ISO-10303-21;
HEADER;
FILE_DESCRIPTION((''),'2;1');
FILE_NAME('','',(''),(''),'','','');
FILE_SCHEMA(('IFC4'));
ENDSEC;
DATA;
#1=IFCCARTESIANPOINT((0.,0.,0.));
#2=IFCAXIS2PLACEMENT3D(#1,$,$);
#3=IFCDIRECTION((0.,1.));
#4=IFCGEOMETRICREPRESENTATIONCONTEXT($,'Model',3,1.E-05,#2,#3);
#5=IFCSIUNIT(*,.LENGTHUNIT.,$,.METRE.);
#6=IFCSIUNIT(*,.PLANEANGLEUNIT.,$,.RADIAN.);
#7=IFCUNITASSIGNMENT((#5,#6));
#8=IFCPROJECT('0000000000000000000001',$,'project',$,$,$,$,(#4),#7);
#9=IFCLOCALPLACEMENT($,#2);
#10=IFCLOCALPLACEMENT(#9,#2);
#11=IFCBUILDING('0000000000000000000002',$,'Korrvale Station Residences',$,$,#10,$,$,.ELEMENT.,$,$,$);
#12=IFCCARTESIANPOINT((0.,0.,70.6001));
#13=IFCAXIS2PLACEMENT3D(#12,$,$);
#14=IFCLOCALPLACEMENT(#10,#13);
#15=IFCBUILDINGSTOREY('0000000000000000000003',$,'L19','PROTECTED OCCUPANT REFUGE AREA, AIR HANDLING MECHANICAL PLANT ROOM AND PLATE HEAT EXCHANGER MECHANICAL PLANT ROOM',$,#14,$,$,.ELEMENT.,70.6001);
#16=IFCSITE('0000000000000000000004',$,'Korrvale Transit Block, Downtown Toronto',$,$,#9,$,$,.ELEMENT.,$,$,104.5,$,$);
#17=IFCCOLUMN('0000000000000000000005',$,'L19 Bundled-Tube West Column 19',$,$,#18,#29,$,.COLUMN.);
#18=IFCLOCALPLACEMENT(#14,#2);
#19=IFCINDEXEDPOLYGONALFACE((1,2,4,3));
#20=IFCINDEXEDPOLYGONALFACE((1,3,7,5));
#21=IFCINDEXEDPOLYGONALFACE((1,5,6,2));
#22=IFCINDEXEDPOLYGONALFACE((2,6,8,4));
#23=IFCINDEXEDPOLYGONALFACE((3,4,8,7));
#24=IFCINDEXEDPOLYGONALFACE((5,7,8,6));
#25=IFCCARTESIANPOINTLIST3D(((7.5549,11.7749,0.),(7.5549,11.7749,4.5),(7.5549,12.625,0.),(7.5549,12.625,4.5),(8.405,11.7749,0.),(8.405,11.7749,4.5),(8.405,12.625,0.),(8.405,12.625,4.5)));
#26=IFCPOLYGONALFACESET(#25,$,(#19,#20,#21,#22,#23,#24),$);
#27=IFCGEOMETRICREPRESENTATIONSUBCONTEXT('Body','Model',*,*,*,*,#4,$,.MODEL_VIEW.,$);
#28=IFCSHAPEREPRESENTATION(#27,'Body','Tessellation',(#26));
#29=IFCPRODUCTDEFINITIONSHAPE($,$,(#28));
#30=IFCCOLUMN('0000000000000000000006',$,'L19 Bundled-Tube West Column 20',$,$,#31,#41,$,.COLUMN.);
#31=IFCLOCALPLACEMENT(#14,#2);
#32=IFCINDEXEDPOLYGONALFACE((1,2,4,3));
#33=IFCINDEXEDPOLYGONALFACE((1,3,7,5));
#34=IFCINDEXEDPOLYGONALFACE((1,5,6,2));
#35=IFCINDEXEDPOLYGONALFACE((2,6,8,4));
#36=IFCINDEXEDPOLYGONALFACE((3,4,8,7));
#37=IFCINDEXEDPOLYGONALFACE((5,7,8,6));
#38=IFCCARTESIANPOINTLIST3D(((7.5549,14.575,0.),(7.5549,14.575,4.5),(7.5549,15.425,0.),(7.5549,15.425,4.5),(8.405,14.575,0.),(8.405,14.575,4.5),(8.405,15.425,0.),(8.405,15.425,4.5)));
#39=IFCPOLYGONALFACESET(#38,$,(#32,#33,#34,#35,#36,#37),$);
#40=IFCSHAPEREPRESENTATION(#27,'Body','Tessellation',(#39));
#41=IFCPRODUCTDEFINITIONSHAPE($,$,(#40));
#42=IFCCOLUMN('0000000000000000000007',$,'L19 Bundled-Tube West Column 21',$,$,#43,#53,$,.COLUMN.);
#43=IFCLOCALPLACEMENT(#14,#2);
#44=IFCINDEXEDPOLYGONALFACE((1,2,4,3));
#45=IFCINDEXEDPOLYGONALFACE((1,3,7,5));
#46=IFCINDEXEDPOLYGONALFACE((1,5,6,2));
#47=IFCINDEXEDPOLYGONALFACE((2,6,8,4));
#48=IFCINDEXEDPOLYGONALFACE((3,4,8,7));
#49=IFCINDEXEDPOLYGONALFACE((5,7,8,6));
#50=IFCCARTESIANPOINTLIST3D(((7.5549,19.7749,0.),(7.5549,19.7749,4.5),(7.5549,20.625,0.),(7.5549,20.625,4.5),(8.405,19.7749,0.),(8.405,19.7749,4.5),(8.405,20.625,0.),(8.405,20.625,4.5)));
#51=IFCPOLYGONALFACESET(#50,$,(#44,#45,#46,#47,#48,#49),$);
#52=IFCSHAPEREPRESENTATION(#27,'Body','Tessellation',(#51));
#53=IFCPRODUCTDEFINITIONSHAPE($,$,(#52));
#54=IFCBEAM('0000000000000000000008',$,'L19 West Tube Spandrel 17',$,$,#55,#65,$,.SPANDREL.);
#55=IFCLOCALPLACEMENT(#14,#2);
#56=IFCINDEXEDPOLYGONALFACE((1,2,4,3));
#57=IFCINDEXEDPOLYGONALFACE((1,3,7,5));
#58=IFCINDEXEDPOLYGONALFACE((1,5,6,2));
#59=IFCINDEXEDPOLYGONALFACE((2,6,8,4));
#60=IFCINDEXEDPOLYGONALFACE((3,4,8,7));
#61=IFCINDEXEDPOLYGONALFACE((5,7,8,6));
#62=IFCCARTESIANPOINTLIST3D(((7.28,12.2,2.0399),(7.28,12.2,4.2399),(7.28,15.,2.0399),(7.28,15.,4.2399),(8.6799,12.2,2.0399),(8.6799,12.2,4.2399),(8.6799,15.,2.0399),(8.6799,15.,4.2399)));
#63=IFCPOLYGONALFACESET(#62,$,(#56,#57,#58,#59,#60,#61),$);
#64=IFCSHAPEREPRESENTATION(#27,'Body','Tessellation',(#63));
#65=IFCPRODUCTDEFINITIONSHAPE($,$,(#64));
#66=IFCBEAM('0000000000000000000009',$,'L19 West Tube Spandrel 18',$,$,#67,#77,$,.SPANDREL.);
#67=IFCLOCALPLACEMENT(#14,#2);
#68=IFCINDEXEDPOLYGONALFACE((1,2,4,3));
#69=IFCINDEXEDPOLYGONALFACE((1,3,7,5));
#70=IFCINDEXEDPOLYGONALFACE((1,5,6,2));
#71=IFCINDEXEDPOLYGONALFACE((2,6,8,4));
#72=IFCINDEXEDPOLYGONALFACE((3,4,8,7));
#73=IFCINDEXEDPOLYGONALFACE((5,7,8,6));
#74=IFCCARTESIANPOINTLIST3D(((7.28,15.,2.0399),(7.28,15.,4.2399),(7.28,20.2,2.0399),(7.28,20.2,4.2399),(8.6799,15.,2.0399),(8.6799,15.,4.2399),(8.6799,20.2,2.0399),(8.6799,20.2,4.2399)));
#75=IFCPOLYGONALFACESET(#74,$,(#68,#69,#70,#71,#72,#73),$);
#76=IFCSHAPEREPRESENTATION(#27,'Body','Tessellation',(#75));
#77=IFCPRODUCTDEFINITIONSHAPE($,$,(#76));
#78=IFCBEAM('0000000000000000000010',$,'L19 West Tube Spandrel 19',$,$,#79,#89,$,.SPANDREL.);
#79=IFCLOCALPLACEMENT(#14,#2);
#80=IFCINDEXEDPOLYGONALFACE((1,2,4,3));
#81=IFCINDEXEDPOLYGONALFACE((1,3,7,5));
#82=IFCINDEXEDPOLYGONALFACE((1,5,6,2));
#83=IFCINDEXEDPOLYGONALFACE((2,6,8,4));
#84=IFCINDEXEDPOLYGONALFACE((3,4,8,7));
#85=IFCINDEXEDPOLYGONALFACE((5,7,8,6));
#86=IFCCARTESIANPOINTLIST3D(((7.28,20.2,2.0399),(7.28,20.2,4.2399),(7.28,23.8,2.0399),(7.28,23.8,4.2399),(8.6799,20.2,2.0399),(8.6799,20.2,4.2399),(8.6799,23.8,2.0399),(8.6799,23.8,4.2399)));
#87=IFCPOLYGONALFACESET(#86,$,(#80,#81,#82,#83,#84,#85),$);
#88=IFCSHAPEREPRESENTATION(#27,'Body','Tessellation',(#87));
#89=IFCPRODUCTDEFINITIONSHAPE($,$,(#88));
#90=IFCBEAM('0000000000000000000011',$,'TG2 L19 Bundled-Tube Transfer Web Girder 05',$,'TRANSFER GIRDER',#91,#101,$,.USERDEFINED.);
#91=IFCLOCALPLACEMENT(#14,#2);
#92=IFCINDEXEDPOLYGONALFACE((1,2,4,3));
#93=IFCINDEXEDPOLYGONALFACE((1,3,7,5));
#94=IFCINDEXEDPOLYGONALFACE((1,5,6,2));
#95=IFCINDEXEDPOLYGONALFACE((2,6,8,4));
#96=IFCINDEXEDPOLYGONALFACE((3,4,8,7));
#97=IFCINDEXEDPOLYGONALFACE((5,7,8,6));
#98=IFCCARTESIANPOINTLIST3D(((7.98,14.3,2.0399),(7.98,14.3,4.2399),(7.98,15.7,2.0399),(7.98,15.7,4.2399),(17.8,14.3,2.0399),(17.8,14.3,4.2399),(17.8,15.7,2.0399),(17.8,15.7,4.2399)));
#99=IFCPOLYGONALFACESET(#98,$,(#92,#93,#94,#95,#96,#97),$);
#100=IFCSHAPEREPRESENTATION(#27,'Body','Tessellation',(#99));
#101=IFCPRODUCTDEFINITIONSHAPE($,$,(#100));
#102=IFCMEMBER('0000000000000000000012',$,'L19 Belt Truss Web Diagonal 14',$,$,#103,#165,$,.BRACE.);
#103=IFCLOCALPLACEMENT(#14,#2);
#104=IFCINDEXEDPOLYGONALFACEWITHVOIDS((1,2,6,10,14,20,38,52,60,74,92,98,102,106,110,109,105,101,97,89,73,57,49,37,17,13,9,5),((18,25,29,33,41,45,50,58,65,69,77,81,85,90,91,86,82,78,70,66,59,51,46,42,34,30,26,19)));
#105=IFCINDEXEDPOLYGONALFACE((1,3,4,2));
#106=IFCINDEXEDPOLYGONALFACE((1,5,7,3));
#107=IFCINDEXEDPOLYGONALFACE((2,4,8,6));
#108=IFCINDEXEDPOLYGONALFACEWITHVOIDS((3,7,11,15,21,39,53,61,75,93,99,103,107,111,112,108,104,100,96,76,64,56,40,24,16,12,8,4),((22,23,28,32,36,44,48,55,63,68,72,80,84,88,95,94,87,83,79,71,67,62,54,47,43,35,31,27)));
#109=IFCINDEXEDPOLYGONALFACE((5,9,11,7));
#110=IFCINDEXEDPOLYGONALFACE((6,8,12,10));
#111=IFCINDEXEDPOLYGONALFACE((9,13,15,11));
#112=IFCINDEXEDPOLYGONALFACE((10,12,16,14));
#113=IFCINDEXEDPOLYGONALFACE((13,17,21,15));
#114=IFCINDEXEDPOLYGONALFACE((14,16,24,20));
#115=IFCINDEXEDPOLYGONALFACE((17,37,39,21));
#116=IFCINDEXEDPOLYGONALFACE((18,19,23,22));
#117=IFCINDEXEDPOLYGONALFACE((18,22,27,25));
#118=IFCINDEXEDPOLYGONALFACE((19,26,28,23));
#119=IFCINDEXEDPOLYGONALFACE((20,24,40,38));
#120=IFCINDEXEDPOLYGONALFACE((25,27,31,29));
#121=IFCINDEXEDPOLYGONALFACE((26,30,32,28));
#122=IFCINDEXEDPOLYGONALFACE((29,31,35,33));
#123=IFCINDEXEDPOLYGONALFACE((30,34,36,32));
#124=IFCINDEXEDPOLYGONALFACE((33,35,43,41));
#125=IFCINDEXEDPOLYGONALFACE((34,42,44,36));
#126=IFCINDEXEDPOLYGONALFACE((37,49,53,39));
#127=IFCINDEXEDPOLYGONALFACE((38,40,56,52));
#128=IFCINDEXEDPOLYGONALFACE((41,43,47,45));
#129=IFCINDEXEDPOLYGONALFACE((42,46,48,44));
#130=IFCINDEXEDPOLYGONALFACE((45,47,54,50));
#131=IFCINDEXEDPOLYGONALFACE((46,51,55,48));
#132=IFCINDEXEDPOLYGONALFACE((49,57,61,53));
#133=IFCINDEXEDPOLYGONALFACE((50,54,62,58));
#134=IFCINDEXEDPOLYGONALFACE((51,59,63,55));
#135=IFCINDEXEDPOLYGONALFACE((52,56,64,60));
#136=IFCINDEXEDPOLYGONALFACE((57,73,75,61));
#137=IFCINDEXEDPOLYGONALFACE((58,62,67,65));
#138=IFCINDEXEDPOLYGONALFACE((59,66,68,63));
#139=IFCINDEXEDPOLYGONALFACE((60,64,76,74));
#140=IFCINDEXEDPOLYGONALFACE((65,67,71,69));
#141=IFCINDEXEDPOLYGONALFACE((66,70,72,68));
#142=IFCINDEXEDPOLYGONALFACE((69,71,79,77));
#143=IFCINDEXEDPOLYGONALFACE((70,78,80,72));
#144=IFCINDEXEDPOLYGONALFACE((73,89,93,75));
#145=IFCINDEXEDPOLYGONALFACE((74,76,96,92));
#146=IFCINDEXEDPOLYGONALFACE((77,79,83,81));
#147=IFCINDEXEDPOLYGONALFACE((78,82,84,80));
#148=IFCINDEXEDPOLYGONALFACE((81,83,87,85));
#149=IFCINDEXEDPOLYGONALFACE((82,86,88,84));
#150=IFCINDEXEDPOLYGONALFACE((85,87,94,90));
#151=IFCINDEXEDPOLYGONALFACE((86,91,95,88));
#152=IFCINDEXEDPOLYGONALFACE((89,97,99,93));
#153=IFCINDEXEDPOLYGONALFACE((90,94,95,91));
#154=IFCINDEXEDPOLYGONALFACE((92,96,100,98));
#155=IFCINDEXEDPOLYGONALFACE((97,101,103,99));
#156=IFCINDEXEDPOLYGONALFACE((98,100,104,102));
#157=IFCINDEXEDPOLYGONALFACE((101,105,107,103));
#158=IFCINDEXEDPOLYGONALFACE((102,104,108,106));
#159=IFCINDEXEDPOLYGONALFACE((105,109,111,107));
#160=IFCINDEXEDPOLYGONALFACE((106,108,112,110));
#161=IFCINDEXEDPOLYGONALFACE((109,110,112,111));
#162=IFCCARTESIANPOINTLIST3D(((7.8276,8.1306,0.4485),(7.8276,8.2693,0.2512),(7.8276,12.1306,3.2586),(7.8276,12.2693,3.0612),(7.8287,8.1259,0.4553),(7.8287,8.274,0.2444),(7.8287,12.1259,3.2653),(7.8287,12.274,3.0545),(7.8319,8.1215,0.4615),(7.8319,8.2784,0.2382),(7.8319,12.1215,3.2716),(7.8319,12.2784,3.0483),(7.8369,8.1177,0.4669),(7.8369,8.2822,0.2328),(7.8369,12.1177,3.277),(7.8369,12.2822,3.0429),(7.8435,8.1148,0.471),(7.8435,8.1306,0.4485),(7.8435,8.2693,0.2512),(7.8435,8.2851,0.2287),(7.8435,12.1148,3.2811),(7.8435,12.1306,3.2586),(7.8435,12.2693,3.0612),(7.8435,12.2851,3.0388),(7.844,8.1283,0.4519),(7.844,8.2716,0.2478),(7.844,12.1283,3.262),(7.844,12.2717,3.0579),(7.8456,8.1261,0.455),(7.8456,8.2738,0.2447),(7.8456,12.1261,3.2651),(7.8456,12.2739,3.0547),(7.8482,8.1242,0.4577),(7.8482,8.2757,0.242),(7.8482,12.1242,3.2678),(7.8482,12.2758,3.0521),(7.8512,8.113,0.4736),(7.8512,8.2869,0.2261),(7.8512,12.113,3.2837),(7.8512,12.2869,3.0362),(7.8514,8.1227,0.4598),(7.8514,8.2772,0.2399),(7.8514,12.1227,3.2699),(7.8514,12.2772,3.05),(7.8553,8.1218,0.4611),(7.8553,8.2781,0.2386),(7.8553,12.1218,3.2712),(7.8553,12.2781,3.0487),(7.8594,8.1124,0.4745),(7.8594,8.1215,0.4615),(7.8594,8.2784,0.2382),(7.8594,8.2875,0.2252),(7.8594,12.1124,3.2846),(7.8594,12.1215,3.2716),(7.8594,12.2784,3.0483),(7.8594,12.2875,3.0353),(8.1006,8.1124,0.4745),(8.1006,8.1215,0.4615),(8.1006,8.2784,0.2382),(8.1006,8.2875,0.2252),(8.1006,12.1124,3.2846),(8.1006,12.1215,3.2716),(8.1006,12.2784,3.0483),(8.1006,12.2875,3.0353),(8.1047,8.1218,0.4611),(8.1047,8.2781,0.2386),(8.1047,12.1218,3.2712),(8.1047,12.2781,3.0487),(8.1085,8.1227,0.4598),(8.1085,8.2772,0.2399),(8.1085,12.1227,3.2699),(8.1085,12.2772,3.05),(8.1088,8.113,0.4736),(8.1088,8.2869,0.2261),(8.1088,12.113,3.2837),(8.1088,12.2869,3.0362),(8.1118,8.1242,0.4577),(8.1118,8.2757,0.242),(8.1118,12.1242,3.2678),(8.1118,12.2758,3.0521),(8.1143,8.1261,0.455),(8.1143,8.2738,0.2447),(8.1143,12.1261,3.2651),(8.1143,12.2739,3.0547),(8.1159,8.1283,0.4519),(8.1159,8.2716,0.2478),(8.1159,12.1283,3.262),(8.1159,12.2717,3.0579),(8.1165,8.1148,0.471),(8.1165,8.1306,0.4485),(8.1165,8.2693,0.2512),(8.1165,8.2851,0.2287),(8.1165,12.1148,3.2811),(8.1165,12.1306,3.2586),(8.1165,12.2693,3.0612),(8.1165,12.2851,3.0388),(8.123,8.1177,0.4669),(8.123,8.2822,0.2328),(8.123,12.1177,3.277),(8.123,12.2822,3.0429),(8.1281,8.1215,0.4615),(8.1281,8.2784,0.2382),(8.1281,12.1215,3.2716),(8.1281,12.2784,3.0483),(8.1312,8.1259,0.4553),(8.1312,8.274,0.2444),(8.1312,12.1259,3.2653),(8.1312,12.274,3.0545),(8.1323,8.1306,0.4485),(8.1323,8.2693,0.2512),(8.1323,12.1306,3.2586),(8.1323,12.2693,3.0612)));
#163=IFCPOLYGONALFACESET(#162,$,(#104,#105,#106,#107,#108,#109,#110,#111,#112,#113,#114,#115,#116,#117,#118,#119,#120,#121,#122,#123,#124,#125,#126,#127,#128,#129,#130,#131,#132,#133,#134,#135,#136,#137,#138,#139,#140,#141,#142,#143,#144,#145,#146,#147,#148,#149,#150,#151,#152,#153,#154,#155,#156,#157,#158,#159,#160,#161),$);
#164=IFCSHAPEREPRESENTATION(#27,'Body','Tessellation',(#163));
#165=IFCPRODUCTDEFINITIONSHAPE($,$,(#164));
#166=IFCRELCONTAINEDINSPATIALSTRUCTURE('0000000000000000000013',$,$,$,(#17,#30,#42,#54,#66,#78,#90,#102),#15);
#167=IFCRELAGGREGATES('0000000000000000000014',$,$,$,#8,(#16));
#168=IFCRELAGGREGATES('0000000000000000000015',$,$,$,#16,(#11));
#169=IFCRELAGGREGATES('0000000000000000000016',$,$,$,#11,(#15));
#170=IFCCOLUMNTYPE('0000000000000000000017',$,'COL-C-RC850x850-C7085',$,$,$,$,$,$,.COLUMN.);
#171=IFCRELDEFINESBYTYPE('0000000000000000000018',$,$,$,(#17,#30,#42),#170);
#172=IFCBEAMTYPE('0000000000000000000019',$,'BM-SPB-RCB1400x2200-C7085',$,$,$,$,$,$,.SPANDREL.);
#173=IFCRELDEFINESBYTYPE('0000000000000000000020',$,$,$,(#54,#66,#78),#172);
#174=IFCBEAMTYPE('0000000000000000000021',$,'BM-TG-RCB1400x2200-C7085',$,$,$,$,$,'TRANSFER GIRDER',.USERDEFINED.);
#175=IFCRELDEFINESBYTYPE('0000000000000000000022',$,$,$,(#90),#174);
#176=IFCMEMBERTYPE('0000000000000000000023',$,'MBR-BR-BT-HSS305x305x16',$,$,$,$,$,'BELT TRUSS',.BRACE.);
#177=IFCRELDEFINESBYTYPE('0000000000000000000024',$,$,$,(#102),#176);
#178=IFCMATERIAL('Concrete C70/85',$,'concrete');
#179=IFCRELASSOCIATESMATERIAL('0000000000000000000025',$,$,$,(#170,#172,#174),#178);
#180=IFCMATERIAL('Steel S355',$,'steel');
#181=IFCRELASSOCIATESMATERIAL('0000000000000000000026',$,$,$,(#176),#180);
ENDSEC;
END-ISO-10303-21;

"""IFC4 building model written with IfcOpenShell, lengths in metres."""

from ifc_helpers import new_model, si_unit, direction, frame, origin, origin_2d, place, context, subcontext, project, spatial, rectangle, hollow_rectangle, extrude, material, material_profile, profile_set, type_object, element, save


model = new_model("IFC4")

# Units and contexts
model_context = context("Model", 3, precision=1e-05, world=origin(), true_north=direction((0.0, 1.0)))
body_context = subcontext(model_context, "Body", "Model", "MODEL_VIEW")
ifc_project = project(units=[si_unit("LENGTHUNIT", "METRE"), si_unit("PLANEANGLEUNIT", "RADIAN")], contexts=[model_context])

# Site, building, storey
site_placement = place(None, origin())
site = spatial("IfcSite", under=ifc_project, at=site_placement, Name="Korrvale Transit Block, Downtown Toronto", CompositionType="ELEMENT", RefElevation=104.5)
building_placement = place(site_placement, origin())
building = spatial("IfcBuilding", under=site, at=building_placement, Name="Korrvale Station Residences", CompositionType="ELEMENT")
storey_placement = place(building_placement, frame((0.0, 0.0, 70.6001)))
storey = spatial("IfcBuildingStorey", under=building, at=storey_placement, Name="L19", Description="PROTECTED OCCUPANT REFUGE AREA, AIR HANDLING MECHANICAL PLANT ROOM AND PLATE HEAT EXCHANGER MECHANICAL PLANT ROOM", CompositionType="ELEMENT", Elevation=70.6001)

# Columns
ifc_material_1 = material(Name="Concrete C70/85", Category="concrete")
ifc_material_profile_1 = material_profile(ifc_material_1, rectangle(XDim=0.8501, YDim=0.8501, at=origin_2d()), Name="RC850x850")
ifc_profile_set_1 = profile_set([ifc_material_profile_1], Name="Concrete C70/85")
column_type = type_object("IfcColumnType", Name="COL-C-RC850x850-C7085", PredefinedType="COLUMN", material=ifc_profile_set_1)
for number, where, z_axis, x_axis, name in (
    (1, (7.98, 12.2, 0.0), (0.0, 0.0, 1.0), (1.0, 0.0, 0.0), "L19 Bundled-Tube West Column 19"),
    (2, (7.98, 15.0, 0.0), (0.0, 0.0, 1.0), (1.0, 0.0, 0.0), "L19 Bundled-Tube West Column 20"),
    (3, (7.98, 20.2, 0.0), (0.0, 0.0, 1.0), (1.0, 0.0, 0.0), "L19 Bundled-Tube West Column 21"),
):
    element("IfcColumn", number, at=place(storey_placement, frame(where, z_axis=z_axis, x_axis=x_axis)), inside=storey, type_object=column_type, Name=name, PredefinedType="COLUMN", context=body_context, shape_type="SweptSolid", body=[
        extrude(rectangle(XDim=0.8501, YDim=0.8501, at=origin_2d()), origin(), (0.0, 0.0, 1.0), 4.5),
    ])

# Beams
ifc_material_profile_2 = material_profile(ifc_material_1, rectangle(XDim=1.3999, YDim=2.2, at=origin_2d()), Name="RCB1400x2200")
ifc_profile_set_2 = profile_set([ifc_material_profile_2], Name="Concrete C70/85")
beam_type_1 = type_object("IfcBeamType", Name="BM-SPB-RCB1400x2200-C7085", PredefinedType="SPANDREL", material=ifc_profile_set_2)
beam_1_placement = place(storey_placement, frame((7.98, 12.2, 3.1399), z_axis=(0.0, 1.0, 0.0), x_axis=(-1.0, 0.0, 0.0)))
element("IfcBeam", 4, at=beam_1_placement, inside=storey, type_object=beam_type_1, Name="L19 West Tube Spandrel 17", PredefinedType="SPANDREL", context=body_context, shape_type="SweptSolid", body=[
    extrude(rectangle(XDim=1.3999, YDim=2.2, at=origin_2d()), origin(), (0.0, 0.0, 1.0), 2.8),
])
beam_2_placement = place(storey_placement, frame((7.98, 15.0, 3.1399), z_axis=(0.0, 1.0, 0.0), x_axis=(-1.0, 0.0, 0.0)))
element("IfcBeam", 5, at=beam_2_placement, inside=storey, type_object=beam_type_1, Name="L19 West Tube Spandrel 18", PredefinedType="SPANDREL", context=body_context, shape_type="SweptSolid", body=[
    extrude(rectangle(XDim=1.3999, YDim=2.2, at=origin_2d()), origin(), (0.0, 0.0, 1.0), 5.2),
])
beam_3_placement = place(storey_placement, frame((7.98, 20.2, 3.1399), z_axis=(0.0, 1.0, 0.0), x_axis=(-1.0, 0.0, 0.0)))
element("IfcBeam", 6, at=beam_3_placement, inside=storey, type_object=beam_type_1, Name="L19 West Tube Spandrel 19", PredefinedType="SPANDREL", context=body_context, shape_type="SweptSolid", body=[
    extrude(rectangle(XDim=1.3999, YDim=2.2, at=origin_2d()), origin(), (0.0, 0.0, 1.0), 3.6001),
])
ifc_material_profile_3 = material_profile(ifc_material_1, rectangle(XDim=1.3999, YDim=2.2, at=origin_2d()), Name="RCB1400x2200")
ifc_profile_set_3 = profile_set([ifc_material_profile_3], Name="Concrete C70/85")
beam_type_2 = type_object("IfcBeamType", Name="BM-TG-RCB1400x2200-C7085", ElementType="TRANSFER GIRDER", PredefinedType="USERDEFINED", material=ifc_profile_set_3)
beam_4_placement = place(storey_placement, frame((7.98, 15.0, 3.1399), z_axis=(1.0, 0.0, 0.0), x_axis=(0.0, 1.0, 0.0)))
element("IfcBeam", 7, at=beam_4_placement, inside=storey, type_object=beam_type_2, Name="TG2 L19 Bundled-Tube Transfer Web Girder 05", ObjectType="TRANSFER GIRDER", PredefinedType="USERDEFINED", context=body_context, shape_type="SweptSolid", body=[
    extrude(rectangle(XDim=1.3999, YDim=2.2, at=origin_2d()), origin(), (0.0, 0.0, 1.0), 9.8201),
])

# Member
ifc_material_2 = material(Name="Steel S355", Category="steel")
ifc_material_profile_4 = material_profile(ifc_material_2, hollow_rectangle(XDim=0.3047, YDim=0.3047, WallThickness=0.0159, InnerFilletRadius=0.0159, OuterFilletRadius=0.0317, at=origin_2d()), Name="HSS305x305x16")
ifc_profile_set_4 = profile_set([ifc_material_profile_4], Name="Steel S355")
member_type_1 = type_object("IfcMemberType", Name="MBR-BR-BT-HSS305x305x16", ElementType="BELT TRUSS", PredefinedType="BRACE", material=ifc_profile_set_4)
member_1_placement = place(storey_placement, frame((7.98, 8.2, 0.3499), z_axis=(0.0, 0.818264, 0.574843), x_axis=(-1.0, 0.0, 0.0)))
element("IfcMember", 8, at=member_1_placement, inside=storey, type_object=member_type_1, Name="L19 Belt Truss Web Diagonal 14", PredefinedType="BRACE", context=body_context, shape_type="SweptSolid", body=[
    extrude(hollow_rectangle(XDim=0.3047, YDim=0.3047, WallThickness=0.0159, InnerFilletRadius=0.0159, OuterFilletRadius=0.0317, at=origin_2d()), origin(), (0.0, 0.0, 1.0), 4.8884),
])

save(model, "model.ifc")
